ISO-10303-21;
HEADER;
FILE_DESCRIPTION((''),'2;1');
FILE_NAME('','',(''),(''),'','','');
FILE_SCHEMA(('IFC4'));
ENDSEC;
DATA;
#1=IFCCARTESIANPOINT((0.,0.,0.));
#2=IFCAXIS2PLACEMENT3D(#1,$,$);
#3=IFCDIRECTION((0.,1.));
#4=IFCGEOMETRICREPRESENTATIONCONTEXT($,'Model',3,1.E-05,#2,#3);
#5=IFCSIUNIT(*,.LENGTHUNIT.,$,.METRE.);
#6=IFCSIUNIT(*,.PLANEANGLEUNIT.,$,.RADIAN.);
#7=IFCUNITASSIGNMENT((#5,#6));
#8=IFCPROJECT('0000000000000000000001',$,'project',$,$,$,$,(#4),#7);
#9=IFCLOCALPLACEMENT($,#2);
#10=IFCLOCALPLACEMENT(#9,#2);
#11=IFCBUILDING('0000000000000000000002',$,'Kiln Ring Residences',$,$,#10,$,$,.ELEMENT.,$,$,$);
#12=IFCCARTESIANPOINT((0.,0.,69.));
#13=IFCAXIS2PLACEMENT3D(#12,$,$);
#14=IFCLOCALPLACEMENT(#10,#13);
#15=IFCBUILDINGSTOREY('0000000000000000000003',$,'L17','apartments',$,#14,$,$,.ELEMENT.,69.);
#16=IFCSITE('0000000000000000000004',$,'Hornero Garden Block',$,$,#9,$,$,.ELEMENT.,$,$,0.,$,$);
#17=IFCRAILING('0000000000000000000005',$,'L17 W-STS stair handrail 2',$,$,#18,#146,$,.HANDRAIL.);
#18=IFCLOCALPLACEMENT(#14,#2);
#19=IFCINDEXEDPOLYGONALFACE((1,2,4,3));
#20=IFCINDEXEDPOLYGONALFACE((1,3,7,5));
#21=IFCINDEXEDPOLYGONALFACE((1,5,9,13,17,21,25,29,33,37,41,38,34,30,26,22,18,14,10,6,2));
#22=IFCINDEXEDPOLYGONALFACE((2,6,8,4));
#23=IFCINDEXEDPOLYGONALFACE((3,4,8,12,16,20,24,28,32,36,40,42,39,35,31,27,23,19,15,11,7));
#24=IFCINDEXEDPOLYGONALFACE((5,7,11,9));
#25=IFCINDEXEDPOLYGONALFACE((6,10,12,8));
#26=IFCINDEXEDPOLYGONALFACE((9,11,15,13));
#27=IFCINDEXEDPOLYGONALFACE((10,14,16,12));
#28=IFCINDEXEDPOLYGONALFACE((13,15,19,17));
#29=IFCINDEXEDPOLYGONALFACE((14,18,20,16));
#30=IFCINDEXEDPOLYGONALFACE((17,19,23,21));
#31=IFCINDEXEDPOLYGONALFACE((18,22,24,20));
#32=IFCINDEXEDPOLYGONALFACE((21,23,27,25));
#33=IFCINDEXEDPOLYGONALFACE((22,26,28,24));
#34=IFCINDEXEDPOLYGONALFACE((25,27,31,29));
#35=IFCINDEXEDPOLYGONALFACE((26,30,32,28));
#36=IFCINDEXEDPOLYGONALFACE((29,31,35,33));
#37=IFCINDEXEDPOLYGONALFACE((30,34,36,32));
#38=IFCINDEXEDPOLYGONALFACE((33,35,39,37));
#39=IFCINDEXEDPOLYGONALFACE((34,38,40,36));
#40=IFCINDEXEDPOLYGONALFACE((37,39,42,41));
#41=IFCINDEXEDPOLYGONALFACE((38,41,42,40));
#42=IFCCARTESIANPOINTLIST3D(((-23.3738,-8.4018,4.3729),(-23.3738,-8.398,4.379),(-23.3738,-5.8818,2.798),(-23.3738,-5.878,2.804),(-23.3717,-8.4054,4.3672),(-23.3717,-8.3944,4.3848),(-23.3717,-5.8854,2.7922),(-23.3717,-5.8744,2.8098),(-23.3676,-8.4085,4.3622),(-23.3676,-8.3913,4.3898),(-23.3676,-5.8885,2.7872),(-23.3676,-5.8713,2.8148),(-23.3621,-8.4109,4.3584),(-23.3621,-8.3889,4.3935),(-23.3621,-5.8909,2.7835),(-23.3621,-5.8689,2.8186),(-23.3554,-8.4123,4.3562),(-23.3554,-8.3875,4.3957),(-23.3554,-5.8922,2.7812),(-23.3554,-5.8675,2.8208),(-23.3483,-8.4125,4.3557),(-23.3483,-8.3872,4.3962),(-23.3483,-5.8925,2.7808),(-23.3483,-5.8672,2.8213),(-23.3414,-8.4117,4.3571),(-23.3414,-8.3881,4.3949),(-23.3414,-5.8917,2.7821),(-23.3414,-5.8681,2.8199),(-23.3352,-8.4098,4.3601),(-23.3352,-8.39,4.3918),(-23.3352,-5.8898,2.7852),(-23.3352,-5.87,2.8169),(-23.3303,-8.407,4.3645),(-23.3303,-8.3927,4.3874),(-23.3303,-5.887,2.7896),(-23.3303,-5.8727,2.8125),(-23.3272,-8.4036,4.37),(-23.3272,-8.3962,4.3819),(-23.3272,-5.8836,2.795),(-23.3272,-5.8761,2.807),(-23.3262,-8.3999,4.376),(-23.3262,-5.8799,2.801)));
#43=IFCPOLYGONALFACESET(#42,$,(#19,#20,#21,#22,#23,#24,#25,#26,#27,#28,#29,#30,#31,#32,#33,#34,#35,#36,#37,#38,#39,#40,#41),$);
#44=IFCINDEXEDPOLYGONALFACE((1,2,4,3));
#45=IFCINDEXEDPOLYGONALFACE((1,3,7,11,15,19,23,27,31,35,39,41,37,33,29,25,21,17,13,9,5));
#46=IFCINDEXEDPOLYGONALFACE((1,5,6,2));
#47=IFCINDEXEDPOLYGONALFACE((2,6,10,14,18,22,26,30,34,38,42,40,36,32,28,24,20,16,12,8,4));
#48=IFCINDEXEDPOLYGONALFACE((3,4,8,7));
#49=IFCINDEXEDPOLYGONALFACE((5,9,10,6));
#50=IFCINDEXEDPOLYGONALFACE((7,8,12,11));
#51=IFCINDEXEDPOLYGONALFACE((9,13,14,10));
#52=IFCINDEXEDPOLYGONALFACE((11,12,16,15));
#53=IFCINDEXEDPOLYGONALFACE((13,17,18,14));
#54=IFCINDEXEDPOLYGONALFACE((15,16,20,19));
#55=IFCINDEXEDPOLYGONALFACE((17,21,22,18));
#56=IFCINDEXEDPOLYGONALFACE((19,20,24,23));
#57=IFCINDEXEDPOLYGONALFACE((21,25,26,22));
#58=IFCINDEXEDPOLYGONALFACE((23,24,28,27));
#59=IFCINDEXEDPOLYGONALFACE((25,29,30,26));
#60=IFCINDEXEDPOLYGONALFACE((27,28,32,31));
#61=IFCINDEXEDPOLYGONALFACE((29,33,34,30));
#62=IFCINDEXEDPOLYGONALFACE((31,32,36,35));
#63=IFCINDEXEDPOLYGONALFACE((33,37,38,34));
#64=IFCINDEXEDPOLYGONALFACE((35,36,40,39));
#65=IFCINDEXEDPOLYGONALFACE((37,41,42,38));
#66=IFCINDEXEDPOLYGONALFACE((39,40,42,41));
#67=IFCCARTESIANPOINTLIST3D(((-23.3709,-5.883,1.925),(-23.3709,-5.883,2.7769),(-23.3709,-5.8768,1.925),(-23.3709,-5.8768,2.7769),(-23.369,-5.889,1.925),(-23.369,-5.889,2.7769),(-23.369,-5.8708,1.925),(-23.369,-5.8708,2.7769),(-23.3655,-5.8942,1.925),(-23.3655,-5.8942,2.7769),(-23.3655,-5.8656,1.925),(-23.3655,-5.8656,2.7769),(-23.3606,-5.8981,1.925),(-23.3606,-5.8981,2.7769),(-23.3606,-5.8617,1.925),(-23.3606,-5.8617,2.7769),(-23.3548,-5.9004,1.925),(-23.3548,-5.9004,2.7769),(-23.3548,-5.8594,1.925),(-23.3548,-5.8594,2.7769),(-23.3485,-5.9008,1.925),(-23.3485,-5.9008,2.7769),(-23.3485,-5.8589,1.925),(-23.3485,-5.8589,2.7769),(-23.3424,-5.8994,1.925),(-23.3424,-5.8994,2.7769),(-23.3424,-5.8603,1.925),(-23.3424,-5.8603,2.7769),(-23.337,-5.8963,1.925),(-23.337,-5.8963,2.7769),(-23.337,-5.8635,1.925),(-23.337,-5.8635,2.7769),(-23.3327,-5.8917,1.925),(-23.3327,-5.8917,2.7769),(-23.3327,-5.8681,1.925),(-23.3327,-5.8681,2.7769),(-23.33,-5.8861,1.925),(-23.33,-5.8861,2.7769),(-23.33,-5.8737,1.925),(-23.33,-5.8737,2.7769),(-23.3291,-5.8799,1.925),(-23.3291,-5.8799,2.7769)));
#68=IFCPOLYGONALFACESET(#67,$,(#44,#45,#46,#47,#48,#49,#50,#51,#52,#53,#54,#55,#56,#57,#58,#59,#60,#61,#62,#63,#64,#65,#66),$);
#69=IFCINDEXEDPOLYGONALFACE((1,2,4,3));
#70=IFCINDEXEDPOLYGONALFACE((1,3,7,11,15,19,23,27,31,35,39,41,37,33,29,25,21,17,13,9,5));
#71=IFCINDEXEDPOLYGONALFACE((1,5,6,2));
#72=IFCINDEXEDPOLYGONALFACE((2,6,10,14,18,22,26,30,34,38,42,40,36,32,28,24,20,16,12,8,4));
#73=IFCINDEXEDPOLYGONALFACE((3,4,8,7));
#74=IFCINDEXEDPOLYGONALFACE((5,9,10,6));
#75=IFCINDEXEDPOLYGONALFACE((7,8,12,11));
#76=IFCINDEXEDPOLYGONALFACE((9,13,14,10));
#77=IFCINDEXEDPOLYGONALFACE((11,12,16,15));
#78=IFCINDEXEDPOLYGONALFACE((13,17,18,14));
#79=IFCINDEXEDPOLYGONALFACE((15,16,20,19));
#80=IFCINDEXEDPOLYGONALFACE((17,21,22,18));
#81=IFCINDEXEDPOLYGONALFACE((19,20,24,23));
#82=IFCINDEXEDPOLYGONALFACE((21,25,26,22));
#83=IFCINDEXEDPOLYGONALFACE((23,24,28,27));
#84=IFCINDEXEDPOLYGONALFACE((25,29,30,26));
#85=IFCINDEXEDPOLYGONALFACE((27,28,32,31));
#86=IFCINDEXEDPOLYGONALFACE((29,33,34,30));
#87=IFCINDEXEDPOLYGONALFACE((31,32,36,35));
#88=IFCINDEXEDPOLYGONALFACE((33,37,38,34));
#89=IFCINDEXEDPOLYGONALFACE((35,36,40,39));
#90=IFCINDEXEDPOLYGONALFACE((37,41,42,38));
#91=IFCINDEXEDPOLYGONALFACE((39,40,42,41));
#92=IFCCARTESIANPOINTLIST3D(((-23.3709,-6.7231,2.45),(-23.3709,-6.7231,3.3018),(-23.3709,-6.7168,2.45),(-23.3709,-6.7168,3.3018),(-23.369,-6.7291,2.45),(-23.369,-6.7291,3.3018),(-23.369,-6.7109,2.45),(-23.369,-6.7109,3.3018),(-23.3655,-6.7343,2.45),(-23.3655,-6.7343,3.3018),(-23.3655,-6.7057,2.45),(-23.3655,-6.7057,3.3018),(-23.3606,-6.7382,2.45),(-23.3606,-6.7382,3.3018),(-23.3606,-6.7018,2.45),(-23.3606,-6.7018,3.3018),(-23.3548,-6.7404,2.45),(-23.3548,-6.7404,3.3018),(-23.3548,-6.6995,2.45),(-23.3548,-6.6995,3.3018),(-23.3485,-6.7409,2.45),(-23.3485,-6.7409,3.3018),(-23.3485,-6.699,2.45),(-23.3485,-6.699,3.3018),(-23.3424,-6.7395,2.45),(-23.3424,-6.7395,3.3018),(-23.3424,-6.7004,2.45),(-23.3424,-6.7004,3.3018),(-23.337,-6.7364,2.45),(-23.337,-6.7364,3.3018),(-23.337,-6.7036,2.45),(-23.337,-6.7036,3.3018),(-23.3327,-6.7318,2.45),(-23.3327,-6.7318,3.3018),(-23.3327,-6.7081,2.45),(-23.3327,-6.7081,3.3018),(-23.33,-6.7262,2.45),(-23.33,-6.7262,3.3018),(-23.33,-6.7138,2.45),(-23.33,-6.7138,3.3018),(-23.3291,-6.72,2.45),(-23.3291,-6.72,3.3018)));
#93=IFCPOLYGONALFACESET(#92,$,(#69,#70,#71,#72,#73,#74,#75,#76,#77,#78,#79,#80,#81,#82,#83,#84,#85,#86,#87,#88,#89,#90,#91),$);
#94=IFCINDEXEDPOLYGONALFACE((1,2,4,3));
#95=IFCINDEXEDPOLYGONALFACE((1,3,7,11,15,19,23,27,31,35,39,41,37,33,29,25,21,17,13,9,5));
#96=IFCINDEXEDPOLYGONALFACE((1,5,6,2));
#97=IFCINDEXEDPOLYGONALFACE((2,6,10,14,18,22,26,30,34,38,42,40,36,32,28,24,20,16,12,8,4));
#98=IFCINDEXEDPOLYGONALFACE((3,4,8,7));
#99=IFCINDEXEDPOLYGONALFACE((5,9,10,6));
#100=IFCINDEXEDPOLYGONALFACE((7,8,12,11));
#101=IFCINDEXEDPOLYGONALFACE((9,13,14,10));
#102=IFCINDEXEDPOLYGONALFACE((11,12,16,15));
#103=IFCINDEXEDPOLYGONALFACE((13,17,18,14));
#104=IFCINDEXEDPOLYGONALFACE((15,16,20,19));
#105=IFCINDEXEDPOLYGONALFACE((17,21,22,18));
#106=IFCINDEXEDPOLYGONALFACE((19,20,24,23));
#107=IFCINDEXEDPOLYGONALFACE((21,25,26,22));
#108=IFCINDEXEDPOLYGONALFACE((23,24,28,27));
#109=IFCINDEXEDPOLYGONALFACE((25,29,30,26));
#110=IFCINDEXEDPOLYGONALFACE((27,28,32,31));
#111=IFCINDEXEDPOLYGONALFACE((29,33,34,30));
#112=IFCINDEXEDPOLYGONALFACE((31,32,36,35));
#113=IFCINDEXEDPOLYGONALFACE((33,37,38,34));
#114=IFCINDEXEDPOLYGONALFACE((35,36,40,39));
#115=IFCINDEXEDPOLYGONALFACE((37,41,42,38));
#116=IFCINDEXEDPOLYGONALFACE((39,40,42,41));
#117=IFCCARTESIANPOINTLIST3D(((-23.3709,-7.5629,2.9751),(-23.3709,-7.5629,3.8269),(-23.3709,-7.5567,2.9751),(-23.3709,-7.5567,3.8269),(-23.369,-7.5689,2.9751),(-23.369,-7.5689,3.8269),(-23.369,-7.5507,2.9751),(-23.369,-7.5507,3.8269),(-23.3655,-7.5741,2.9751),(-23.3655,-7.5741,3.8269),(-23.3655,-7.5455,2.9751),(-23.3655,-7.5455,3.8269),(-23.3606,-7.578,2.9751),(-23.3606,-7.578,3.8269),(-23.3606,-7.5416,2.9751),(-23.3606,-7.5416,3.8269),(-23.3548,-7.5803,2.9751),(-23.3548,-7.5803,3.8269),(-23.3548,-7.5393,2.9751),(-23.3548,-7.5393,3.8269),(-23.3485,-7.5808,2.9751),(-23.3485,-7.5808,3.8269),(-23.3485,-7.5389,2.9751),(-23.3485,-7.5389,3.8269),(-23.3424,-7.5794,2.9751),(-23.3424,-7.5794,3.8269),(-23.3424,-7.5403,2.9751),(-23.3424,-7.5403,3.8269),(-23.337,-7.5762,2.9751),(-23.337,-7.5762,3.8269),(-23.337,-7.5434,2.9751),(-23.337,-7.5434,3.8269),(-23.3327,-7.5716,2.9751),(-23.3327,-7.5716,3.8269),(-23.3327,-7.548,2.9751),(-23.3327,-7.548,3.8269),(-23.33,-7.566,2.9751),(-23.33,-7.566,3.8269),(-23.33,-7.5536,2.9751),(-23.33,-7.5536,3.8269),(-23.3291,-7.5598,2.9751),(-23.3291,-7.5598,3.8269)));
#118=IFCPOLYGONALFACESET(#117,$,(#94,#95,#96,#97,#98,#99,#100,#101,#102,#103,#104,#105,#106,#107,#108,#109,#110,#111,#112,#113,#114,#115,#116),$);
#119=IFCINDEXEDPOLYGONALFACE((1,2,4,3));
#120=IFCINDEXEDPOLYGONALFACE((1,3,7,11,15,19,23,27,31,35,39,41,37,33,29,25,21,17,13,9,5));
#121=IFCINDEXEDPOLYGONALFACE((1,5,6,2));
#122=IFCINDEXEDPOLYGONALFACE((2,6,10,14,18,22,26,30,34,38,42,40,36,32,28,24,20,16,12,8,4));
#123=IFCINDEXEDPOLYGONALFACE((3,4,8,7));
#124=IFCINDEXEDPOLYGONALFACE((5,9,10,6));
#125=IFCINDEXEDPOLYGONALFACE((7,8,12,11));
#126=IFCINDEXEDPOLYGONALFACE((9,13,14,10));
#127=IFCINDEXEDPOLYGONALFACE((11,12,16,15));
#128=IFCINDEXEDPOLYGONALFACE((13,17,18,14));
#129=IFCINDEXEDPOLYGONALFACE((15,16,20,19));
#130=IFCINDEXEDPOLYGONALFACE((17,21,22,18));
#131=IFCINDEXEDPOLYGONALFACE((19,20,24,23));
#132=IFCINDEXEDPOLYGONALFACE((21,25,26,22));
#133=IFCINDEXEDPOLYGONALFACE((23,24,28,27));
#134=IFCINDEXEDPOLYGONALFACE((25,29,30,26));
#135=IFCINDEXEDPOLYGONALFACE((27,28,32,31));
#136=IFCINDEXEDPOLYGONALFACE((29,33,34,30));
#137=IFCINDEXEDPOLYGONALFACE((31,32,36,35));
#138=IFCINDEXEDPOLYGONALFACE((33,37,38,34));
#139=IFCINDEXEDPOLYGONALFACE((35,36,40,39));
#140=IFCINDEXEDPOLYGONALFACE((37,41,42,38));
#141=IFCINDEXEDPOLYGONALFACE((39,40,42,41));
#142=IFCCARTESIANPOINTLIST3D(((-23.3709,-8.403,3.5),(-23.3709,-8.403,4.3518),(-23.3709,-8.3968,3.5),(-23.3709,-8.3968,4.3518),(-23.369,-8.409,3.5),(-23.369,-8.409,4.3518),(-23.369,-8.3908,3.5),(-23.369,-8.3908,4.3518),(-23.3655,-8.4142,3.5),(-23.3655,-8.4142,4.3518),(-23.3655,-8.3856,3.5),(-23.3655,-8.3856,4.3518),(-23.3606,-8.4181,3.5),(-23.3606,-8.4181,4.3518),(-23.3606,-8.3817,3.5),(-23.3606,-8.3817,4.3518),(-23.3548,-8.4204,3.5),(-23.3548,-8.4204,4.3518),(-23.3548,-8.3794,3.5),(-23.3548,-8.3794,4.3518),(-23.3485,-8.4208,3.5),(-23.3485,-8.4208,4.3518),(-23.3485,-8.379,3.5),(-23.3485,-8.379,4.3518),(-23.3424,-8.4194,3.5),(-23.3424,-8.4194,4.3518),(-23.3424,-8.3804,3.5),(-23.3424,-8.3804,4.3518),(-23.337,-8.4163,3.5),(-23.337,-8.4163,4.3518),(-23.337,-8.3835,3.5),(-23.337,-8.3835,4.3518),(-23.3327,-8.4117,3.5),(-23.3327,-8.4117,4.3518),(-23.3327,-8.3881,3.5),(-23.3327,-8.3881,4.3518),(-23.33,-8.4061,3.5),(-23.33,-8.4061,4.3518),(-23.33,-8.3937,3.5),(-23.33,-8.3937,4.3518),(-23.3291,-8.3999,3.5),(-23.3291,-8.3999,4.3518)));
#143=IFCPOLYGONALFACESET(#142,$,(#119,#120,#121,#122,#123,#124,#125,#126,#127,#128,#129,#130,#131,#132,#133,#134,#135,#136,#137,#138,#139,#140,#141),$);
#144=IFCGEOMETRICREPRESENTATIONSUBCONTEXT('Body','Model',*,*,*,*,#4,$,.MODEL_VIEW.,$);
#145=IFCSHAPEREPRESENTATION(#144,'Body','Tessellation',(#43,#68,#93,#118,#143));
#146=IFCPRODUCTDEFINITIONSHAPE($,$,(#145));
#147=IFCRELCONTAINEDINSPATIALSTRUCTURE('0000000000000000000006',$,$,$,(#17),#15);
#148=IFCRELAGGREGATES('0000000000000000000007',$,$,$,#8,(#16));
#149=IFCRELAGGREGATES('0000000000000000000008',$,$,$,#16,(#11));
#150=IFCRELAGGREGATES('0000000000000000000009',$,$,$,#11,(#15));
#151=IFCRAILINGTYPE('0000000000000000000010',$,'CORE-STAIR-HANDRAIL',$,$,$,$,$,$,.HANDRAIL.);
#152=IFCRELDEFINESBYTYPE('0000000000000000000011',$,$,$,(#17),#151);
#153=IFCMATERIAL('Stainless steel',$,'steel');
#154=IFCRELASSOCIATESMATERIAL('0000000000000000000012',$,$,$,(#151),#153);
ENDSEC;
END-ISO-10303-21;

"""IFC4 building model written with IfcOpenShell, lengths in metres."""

from ifc_helpers import new_model, si_unit, direction, frame, origin, origin_2d, place, context, subcontext, project, spatial, circle, extrude, material, type_object, element, save


model = new_model("IFC4")

# Units and contexts
model_context = context("Model", 3, precision=1e-05, world=origin(), true_north=direction((0.0, 1.0)))
body_context = subcontext(model_context, "Body", "Model", "MODEL_VIEW")
ifc_project = project(units=[si_unit("LENGTHUNIT", "METRE"), si_unit("PLANEANGLEUNIT", "RADIAN")], contexts=[model_context])

# Site, building, storey
site_placement = place(None, origin())
site = spatial("IfcSite", under=ifc_project, at=site_placement, Name="Hornero Garden Block", CompositionType="ELEMENT", RefElevation=0.0)
building_placement = place(site_placement, origin())
building = spatial("IfcBuilding", under=site, at=building_placement, Name="Kiln Ring Residences", CompositionType="ELEMENT")
storey_placement = place(building_placement, frame((0.0, 0.0, 69.0)))
storey = spatial("IfcBuildingStorey", under=building, at=storey_placement, Name="L17", Description="apartments", CompositionType="ELEMENT", Elevation=69.0)

# Railing
ifc_material_1 = material(Name="Stainless steel", Category="steel")
railing_type_1 = type_object("IfcRailingType", Name="CORE-STAIR-HANDRAIL", PredefinedType="HANDRAIL", material=ifc_material_1)
railing_1_placement = place(storey_placement, frame((-23.3501, -5.8799, 1.925)))
element("IfcRailing", 1, at=railing_1_placement, inside=storey, type_object=railing_type_1, Name="L17 W-STS stair handrail 2", PredefinedType="HANDRAIL", context=body_context, shape_type="SweptSolid", body=[
    extrude(circle(Radius=0.0239, at=origin_2d()), frame((0.0, 0.0, 0.876), z_axis=(0.0, -0.848008, 0.529984), x_axis=(1.0, 0.0, 0.0)), (0.0, 0.0, 1.0), 2.9717),
    extrude(circle(Radius=0.021, at=origin_2d()), origin(), (0.0, 0.0, 1.0), 0.8518),
    extrude(circle(Radius=0.021, at=origin_2d()), frame((0.0, -0.8401, 0.5249)), (0.0, 0.0, 1.0), 0.8518),
    extrude(circle(Radius=0.021, at=origin_2d()), frame((0.0, -1.6799, 1.05)), (0.0, 0.0, 1.0), 0.8518),
    extrude(circle(Radius=0.021, at=origin_2d()), frame((0.0, -2.52, 1.575)), (0.0, 0.0, 1.0), 0.8518),
])

save(model, "model.ifc")
